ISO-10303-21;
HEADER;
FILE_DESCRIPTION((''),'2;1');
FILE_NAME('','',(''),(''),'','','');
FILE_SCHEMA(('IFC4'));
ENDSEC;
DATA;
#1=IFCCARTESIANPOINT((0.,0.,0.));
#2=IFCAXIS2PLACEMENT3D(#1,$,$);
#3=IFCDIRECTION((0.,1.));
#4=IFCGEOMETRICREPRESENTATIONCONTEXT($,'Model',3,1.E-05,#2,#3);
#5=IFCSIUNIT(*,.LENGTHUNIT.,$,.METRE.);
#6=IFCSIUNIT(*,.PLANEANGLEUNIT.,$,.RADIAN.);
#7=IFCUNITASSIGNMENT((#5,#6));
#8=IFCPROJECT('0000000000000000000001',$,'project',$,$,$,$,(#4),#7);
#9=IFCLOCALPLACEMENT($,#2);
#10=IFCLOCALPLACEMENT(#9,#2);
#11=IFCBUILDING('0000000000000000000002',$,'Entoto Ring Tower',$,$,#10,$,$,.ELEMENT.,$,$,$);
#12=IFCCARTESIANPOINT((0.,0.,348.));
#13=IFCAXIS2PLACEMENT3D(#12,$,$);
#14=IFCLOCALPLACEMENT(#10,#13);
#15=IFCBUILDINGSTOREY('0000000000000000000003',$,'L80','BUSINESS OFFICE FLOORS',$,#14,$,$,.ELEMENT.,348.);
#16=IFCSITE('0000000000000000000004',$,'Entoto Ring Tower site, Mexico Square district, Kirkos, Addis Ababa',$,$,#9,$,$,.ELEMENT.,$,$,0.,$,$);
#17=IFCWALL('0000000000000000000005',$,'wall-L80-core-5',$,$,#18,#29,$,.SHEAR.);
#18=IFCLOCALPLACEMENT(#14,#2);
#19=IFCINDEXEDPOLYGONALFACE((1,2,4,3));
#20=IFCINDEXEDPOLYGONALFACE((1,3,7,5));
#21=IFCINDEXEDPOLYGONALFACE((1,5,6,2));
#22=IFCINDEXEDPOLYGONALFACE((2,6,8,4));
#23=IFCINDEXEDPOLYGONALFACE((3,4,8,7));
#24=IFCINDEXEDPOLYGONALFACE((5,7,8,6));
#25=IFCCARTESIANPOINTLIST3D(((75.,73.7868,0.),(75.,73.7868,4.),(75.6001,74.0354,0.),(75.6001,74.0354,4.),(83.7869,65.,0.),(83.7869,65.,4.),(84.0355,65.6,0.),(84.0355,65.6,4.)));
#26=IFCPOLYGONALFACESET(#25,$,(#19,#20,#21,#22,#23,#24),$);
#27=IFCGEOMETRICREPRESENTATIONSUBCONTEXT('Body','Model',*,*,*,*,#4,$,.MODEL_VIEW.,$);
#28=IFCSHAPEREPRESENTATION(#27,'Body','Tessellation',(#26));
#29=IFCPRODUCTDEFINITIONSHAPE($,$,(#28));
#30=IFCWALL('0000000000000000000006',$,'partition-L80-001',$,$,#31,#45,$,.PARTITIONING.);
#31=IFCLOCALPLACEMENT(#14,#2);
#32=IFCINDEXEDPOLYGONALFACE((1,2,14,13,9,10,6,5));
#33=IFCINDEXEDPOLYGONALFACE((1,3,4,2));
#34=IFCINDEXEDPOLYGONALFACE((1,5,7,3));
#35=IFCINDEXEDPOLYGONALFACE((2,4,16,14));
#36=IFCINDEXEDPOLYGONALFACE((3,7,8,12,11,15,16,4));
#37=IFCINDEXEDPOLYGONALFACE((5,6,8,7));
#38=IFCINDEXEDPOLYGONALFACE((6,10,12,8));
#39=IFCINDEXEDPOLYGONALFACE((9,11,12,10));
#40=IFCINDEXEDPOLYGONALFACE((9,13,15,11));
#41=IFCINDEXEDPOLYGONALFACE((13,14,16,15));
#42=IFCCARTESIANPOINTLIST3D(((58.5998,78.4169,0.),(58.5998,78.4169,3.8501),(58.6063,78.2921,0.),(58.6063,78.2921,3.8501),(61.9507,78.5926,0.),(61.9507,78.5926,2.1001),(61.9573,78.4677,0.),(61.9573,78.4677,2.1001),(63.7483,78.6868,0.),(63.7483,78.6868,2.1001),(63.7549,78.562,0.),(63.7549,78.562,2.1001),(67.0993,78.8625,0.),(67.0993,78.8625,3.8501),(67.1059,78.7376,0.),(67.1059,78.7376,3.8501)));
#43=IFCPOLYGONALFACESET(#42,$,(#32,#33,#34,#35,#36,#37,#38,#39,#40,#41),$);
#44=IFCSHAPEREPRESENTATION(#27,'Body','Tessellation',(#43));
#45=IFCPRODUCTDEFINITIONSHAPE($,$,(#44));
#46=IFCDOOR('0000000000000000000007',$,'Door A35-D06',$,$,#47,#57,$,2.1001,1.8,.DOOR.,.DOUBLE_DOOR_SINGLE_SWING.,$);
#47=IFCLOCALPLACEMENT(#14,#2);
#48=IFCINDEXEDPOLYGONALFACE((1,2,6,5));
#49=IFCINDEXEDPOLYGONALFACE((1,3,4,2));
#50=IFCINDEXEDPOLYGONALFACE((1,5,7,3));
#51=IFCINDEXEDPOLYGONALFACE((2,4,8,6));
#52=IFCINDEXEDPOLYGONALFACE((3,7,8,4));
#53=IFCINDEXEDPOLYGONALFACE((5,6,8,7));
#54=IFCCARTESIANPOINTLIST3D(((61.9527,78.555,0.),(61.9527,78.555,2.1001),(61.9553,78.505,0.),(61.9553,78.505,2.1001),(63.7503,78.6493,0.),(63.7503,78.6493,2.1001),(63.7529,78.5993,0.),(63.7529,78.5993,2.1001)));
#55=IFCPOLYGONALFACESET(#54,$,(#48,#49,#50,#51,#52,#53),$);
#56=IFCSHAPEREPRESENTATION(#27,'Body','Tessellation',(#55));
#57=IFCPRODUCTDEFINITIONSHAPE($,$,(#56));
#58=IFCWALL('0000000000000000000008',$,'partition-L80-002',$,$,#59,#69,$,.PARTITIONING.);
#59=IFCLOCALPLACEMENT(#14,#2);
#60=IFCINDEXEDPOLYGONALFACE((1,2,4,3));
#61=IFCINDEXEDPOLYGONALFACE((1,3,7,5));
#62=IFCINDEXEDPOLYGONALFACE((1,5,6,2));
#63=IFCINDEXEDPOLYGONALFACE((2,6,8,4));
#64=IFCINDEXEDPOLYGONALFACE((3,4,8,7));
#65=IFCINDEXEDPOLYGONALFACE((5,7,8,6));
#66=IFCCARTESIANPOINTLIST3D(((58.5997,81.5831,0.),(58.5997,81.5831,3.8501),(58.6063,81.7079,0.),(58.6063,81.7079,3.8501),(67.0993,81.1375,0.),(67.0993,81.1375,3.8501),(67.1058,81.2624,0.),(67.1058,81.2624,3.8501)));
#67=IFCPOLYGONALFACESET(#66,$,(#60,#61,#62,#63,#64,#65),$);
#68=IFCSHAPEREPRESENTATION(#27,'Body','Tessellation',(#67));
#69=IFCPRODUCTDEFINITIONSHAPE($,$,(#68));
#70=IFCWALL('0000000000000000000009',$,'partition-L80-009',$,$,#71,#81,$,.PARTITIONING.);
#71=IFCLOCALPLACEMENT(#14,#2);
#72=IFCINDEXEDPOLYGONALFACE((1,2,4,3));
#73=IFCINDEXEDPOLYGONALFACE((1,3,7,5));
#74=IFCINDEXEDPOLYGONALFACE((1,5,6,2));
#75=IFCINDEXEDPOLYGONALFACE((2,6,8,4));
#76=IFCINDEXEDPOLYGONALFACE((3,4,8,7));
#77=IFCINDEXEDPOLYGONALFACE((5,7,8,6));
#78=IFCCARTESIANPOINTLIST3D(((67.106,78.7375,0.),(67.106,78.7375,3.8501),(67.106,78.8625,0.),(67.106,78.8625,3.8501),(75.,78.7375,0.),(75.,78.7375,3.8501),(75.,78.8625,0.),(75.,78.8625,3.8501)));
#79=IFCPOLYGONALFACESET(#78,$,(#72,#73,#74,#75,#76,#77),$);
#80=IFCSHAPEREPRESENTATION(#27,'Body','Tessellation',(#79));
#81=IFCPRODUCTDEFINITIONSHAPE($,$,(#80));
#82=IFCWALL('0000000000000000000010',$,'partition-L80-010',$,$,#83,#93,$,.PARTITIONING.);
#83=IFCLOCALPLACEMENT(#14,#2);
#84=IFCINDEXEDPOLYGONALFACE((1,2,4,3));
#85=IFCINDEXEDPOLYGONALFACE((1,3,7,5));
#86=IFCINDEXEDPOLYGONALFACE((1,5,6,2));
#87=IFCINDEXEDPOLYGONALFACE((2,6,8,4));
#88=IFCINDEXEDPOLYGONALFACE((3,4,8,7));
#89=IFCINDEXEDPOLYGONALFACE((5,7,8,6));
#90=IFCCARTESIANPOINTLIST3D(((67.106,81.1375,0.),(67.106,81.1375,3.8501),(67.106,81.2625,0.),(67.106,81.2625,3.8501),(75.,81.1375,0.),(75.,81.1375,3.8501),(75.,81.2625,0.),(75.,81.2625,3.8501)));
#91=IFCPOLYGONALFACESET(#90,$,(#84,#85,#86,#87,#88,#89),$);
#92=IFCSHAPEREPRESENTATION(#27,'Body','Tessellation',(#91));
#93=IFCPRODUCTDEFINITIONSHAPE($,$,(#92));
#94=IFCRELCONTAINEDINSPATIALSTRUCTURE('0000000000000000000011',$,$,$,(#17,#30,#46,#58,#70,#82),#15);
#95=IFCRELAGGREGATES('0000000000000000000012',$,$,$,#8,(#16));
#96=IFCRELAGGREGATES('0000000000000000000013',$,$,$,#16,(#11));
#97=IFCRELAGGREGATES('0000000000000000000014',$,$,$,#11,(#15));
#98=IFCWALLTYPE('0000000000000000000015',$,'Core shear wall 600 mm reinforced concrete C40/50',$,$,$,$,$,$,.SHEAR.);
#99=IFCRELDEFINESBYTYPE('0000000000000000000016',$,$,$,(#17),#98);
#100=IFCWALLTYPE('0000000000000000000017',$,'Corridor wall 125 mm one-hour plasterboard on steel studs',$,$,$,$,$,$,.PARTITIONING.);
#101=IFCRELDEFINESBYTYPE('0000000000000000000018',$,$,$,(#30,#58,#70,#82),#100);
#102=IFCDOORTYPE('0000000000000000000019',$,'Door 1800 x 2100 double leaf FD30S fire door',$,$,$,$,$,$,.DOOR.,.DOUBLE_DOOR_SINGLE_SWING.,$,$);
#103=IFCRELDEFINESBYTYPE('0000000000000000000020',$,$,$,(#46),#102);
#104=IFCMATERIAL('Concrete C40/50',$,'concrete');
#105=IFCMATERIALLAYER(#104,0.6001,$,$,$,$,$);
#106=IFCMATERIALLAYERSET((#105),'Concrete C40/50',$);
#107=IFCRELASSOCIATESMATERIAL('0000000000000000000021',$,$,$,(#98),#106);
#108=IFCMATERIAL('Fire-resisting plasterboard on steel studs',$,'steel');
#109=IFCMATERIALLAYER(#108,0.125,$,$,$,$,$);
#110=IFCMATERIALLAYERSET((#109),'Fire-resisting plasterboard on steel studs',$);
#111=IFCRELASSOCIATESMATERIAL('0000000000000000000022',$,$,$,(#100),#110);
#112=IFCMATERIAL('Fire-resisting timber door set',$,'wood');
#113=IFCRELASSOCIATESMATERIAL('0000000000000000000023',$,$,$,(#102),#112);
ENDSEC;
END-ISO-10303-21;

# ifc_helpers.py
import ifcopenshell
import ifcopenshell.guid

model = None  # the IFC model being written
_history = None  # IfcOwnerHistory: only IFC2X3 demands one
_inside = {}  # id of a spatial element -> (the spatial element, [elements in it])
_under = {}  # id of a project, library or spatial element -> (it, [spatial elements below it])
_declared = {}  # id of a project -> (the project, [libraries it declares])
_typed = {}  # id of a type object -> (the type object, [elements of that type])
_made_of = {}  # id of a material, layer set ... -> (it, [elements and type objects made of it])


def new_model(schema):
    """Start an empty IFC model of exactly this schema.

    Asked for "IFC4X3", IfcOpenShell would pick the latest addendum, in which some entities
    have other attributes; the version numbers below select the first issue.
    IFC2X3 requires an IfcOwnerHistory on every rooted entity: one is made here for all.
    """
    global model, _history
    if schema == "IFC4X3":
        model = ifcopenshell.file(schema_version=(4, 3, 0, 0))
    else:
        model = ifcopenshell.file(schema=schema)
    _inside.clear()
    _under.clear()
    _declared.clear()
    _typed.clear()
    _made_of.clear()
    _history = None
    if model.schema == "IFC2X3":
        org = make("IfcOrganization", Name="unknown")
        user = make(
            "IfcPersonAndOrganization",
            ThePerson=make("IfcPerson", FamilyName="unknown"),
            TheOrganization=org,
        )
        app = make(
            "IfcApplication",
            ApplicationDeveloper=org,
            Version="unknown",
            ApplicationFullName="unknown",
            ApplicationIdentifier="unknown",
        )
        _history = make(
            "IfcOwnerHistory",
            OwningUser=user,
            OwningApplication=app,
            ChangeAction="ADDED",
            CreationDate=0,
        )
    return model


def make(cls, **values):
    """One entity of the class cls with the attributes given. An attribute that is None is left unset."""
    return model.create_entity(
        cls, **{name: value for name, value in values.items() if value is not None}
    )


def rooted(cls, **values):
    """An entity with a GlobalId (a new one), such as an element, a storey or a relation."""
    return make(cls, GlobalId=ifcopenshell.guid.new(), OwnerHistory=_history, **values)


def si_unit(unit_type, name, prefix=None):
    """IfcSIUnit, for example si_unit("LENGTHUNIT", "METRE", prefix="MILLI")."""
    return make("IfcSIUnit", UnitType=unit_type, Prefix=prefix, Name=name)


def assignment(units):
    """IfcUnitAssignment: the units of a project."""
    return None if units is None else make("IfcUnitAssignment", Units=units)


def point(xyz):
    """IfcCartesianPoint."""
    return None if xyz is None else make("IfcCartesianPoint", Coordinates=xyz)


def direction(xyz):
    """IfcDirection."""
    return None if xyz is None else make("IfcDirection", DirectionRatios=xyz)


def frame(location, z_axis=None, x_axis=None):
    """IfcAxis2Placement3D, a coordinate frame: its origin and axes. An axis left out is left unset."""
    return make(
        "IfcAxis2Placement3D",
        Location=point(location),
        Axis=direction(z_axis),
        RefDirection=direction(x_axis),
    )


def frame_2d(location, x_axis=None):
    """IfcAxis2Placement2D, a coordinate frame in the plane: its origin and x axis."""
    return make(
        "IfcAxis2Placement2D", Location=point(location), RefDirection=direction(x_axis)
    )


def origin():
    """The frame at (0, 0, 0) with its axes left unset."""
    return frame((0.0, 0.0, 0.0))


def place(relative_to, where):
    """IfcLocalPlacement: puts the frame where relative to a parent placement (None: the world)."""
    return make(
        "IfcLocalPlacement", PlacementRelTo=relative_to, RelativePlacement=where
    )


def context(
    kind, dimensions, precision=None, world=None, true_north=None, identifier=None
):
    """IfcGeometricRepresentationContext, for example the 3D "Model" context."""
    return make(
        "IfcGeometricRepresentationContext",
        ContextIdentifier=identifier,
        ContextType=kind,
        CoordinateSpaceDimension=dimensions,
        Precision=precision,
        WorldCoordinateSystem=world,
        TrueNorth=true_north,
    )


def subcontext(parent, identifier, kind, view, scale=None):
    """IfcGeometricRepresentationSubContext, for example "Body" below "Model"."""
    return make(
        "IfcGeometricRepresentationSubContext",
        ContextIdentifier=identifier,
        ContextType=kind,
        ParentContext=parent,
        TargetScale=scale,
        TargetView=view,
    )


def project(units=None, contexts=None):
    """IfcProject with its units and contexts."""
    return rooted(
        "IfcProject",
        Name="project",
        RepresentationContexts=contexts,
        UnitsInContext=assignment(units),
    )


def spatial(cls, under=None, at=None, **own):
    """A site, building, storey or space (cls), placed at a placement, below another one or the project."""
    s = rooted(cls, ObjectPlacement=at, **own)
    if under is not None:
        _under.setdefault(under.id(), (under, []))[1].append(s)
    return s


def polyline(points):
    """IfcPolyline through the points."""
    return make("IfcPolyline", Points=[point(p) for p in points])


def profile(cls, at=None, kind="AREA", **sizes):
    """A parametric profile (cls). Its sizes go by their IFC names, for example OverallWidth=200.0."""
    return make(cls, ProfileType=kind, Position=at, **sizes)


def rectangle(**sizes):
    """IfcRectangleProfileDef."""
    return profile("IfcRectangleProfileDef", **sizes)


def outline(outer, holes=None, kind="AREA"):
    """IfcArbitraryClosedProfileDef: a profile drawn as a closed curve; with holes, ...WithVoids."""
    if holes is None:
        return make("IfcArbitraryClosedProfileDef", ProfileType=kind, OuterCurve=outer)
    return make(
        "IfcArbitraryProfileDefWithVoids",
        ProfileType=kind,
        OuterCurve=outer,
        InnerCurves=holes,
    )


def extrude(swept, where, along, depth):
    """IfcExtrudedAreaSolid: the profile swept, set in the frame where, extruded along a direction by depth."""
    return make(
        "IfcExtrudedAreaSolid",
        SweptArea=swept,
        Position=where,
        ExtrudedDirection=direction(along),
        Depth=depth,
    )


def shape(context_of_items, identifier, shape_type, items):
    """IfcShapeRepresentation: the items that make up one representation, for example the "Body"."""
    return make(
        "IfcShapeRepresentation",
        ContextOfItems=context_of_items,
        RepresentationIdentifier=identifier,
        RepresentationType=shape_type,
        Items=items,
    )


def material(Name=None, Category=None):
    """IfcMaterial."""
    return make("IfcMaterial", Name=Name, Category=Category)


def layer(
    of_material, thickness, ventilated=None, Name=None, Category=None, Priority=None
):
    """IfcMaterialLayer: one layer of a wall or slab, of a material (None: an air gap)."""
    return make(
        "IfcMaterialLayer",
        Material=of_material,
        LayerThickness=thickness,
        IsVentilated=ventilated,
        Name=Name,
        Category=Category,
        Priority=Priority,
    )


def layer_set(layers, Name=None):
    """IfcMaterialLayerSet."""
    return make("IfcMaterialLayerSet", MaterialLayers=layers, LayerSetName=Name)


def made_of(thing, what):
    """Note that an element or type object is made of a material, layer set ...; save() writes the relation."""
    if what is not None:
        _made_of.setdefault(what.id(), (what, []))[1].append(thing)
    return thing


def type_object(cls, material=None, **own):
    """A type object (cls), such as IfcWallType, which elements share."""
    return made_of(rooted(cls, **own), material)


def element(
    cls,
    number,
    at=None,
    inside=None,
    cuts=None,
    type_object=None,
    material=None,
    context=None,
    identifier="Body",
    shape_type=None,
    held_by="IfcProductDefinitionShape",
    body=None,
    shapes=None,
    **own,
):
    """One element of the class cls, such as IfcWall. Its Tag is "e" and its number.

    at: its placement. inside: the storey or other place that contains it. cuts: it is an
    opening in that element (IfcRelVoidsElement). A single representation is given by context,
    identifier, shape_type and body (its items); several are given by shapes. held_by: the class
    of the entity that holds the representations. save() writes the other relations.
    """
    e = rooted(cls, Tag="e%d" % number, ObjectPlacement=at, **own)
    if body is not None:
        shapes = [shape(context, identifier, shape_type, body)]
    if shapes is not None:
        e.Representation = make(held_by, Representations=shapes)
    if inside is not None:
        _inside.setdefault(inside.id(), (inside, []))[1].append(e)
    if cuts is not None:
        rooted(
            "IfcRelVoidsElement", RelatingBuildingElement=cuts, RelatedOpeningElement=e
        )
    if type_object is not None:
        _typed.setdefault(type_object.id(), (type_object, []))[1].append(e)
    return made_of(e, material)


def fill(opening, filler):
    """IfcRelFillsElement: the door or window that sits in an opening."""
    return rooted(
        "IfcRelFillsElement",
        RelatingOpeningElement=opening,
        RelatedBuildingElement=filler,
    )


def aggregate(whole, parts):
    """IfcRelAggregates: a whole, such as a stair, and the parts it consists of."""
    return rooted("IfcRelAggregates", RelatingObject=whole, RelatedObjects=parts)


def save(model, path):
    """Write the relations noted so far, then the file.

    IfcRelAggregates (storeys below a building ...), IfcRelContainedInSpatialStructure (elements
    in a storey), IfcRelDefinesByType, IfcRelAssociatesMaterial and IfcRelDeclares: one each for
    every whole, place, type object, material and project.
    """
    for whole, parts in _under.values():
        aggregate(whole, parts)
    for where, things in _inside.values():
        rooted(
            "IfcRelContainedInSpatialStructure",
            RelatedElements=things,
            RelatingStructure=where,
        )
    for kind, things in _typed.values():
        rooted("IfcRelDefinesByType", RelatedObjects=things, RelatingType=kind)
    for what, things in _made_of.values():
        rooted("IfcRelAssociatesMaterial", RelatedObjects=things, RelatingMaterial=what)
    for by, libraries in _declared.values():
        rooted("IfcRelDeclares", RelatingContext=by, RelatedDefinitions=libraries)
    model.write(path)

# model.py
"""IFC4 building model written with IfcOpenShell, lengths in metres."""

from ifc_helpers import new_model, si_unit, direction, frame, frame_2d, origin, place, context, subcontext, project, spatial, polyline, rectangle, outline, extrude, material, layer, layer_set, type_object, element, fill, save


model = new_model("IFC4")

# Units and contexts
model_context = context("Model", 3, precision=1e-05, world=origin(), true_north=direction((0.0, 1.0)))
body_context = subcontext(model_context, "Body", "Model", "MODEL_VIEW")
ifc_project = project(units=[si_unit("LENGTHUNIT", "METRE"), si_unit("PLANEANGLEUNIT", "RADIAN")], contexts=[model_context])

# Site, building, storey
site_placement = place(None, origin())
site = spatial("IfcSite", under=ifc_project, at=site_placement, Name="Entoto Ring Tower site, Mexico Square district, Kirkos, Addis Ababa", CompositionType="ELEMENT", RefElevation=0.0)
building_placement = place(site_placement, origin())
building = spatial("IfcBuilding", under=site, at=building_placement, Name="Entoto Ring Tower", CompositionType="ELEMENT")
storey_placement = place(building_placement, frame((0.0, 0.0, 348.0)))
storey = spatial("IfcBuildingStorey", under=building, at=storey_placement, Name="L80", Description="BUSINESS OFFICE FLOORS", CompositionType="ELEMENT", Elevation=348.0)

# Wall
ifc_material_1 = material(Name="Concrete C40/50", Category="concrete")
ifc_layer_1 = layer(ifc_material_1, 0.6001)
ifc_layer_set_1 = layer_set([ifc_layer_1], Name="Concrete C40/50")
wall_type_1 = type_object("IfcWallType", Name="Core shear wall 600 mm reinforced concrete C40/50", PredefinedType="SHEAR", material=ifc_layer_set_1)
wall_1_placement = place(storey_placement, frame((75.3, 73.9111, 0.0), z_axis=(0.0, 0.0, 1.0), x_axis=(0.707107, -0.707107, 0.0)))
element("IfcWall", 1, at=wall_1_placement, inside=storey, type_object=wall_type_1, Name="wall-L80-core-5", PredefinedType="SHEAR", context=body_context, shape_type="SweptSolid", body=[
    extrude(outline(polyline([(-0.1243, -0.3), (12.3022, -0.3), (12.0537, 0.3), (0.1243, 0.3), (-0.1243, -0.3)])), origin(), (0.0, 0.0, 1.0), 4.0),
])

# Wall, opening, door
ifc_material_2 = material(Name="Fire-resisting plasterboard on steel studs", Category="steel")
ifc_layer_2 = layer(ifc_material_2, 0.125)
ifc_layer_set_2 = layer_set([ifc_layer_2], Name="Fire-resisting plasterboard on steel studs")
wall_type_2 = type_object("IfcWallType", Name="Corridor wall 125 mm one-hour plasterboard on steel studs", PredefinedType="PARTITIONING", material=ifc_layer_set_2)
wall_2_placement = place(storey_placement, frame((58.603, 78.3545, 0.0), z_axis=(0.0, 0.0, 1.0), x_axis=(0.998629, 0.05235, 0.0)))
wall_2 = element("IfcWall", 2, at=wall_2_placement, inside=storey, type_object=wall_type_2, Name="partition-L80-001", PredefinedType="PARTITIONING", context=body_context, shape_type="SweptSolid", body=[
    extrude(rectangle(XDim=8.5112, YDim=0.125, at=frame_2d((4.2556, 0.0))), origin(), (0.0, 0.0, 1.0), 3.8501),
])
opening_placement = place(wall_2_placement, frame((3.3557, 0.0, 0.0)))
opening = element("IfcOpeningElement", 3, at=opening_placement, cuts=wall_2, PredefinedType="OPENING", context=body_context, shape_type="SweptSolid", body=[
    extrude(rectangle(XDim=1.8, YDim=2.1001, at=frame_2d((0.8999, 1.05))), frame((0.0, 0.0725, 0.0), z_axis=(0.0, -1.0, 0.0), x_axis=(1.0, 0.0, 0.0)), (0.0, 0.0, 1.0), 0.145),
])
ifc_material_3 = material(Name="Fire-resisting timber door set", Category="wood")
door_type = type_object("IfcDoorType", Name="Door 1800 x 2100 double leaf FD30S fire door", OperationType="DOUBLE_DOOR_SINGLE_SWING", PredefinedType="DOOR", material=ifc_material_3)
door_placement = place(opening_placement, origin())
door = element("IfcDoor", 4, at=door_placement, inside=storey, type_object=door_type, Name="Door A35-D06", OperationType="DOUBLE_DOOR_SINGLE_SWING", OverallHeight=2.1001, OverallWidth=1.8, PredefinedType="DOOR", context=body_context, shape_type="SweptSolid", body=[
    extrude(rectangle(XDim=1.8, YDim=2.1001, at=frame_2d((0.8999, 1.05))), frame((0.0, 0.0249, 0.0), z_axis=(0.0, -1.0, 0.0), x_axis=(1.0, 0.0, 0.0)), (0.0, 0.0, 1.0), 0.05),
])
fill(opening, door)

# Walls
wall_3_placement = place(storey_placement, frame((67.1025, 81.2, 0.0), z_axis=(0.0, 0.0, 1.0), x_axis=(-0.998629, 0.05235, 0.0)))
element("IfcWall", 5, at=wall_3_placement, inside=storey, type_object=wall_type_2, Name="partition-L80-002", PredefinedType="PARTITIONING", context=body_context, shape_type="SweptSolid", body=[
    extrude(rectangle(XDim=8.5112, YDim=0.125, at=frame_2d((4.2556, 0.0))), origin(), (0.0, 0.0, 1.0), 3.8501),
])
for number, where, z_axis, x_axis, name in (
    (6, (67.106, 78.8, 0.0), (0.0, 0.0, 1.0), (1.0, 0.0, 0.0), "partition-L80-009"),
    (7, (67.106, 81.2, 0.0), (0.0, 0.0, 1.0), (1.0, 0.0, 0.0), "partition-L80-010"),
):
    element("IfcWall", number, at=place(storey_placement, frame(where, z_axis=z_axis, x_axis=x_axis)), inside=storey, type_object=wall_type_2, Name=name, PredefinedType="PARTITIONING", context=body_context, shape_type="SweptSolid", body=[
        extrude(rectangle(XDim=7.894, YDim=0.125, at=frame_2d((3.947, 0.0))), origin(), (0.0, 0.0, 1.0), 3.8501),
    ])

save(model, "model.ifc")
